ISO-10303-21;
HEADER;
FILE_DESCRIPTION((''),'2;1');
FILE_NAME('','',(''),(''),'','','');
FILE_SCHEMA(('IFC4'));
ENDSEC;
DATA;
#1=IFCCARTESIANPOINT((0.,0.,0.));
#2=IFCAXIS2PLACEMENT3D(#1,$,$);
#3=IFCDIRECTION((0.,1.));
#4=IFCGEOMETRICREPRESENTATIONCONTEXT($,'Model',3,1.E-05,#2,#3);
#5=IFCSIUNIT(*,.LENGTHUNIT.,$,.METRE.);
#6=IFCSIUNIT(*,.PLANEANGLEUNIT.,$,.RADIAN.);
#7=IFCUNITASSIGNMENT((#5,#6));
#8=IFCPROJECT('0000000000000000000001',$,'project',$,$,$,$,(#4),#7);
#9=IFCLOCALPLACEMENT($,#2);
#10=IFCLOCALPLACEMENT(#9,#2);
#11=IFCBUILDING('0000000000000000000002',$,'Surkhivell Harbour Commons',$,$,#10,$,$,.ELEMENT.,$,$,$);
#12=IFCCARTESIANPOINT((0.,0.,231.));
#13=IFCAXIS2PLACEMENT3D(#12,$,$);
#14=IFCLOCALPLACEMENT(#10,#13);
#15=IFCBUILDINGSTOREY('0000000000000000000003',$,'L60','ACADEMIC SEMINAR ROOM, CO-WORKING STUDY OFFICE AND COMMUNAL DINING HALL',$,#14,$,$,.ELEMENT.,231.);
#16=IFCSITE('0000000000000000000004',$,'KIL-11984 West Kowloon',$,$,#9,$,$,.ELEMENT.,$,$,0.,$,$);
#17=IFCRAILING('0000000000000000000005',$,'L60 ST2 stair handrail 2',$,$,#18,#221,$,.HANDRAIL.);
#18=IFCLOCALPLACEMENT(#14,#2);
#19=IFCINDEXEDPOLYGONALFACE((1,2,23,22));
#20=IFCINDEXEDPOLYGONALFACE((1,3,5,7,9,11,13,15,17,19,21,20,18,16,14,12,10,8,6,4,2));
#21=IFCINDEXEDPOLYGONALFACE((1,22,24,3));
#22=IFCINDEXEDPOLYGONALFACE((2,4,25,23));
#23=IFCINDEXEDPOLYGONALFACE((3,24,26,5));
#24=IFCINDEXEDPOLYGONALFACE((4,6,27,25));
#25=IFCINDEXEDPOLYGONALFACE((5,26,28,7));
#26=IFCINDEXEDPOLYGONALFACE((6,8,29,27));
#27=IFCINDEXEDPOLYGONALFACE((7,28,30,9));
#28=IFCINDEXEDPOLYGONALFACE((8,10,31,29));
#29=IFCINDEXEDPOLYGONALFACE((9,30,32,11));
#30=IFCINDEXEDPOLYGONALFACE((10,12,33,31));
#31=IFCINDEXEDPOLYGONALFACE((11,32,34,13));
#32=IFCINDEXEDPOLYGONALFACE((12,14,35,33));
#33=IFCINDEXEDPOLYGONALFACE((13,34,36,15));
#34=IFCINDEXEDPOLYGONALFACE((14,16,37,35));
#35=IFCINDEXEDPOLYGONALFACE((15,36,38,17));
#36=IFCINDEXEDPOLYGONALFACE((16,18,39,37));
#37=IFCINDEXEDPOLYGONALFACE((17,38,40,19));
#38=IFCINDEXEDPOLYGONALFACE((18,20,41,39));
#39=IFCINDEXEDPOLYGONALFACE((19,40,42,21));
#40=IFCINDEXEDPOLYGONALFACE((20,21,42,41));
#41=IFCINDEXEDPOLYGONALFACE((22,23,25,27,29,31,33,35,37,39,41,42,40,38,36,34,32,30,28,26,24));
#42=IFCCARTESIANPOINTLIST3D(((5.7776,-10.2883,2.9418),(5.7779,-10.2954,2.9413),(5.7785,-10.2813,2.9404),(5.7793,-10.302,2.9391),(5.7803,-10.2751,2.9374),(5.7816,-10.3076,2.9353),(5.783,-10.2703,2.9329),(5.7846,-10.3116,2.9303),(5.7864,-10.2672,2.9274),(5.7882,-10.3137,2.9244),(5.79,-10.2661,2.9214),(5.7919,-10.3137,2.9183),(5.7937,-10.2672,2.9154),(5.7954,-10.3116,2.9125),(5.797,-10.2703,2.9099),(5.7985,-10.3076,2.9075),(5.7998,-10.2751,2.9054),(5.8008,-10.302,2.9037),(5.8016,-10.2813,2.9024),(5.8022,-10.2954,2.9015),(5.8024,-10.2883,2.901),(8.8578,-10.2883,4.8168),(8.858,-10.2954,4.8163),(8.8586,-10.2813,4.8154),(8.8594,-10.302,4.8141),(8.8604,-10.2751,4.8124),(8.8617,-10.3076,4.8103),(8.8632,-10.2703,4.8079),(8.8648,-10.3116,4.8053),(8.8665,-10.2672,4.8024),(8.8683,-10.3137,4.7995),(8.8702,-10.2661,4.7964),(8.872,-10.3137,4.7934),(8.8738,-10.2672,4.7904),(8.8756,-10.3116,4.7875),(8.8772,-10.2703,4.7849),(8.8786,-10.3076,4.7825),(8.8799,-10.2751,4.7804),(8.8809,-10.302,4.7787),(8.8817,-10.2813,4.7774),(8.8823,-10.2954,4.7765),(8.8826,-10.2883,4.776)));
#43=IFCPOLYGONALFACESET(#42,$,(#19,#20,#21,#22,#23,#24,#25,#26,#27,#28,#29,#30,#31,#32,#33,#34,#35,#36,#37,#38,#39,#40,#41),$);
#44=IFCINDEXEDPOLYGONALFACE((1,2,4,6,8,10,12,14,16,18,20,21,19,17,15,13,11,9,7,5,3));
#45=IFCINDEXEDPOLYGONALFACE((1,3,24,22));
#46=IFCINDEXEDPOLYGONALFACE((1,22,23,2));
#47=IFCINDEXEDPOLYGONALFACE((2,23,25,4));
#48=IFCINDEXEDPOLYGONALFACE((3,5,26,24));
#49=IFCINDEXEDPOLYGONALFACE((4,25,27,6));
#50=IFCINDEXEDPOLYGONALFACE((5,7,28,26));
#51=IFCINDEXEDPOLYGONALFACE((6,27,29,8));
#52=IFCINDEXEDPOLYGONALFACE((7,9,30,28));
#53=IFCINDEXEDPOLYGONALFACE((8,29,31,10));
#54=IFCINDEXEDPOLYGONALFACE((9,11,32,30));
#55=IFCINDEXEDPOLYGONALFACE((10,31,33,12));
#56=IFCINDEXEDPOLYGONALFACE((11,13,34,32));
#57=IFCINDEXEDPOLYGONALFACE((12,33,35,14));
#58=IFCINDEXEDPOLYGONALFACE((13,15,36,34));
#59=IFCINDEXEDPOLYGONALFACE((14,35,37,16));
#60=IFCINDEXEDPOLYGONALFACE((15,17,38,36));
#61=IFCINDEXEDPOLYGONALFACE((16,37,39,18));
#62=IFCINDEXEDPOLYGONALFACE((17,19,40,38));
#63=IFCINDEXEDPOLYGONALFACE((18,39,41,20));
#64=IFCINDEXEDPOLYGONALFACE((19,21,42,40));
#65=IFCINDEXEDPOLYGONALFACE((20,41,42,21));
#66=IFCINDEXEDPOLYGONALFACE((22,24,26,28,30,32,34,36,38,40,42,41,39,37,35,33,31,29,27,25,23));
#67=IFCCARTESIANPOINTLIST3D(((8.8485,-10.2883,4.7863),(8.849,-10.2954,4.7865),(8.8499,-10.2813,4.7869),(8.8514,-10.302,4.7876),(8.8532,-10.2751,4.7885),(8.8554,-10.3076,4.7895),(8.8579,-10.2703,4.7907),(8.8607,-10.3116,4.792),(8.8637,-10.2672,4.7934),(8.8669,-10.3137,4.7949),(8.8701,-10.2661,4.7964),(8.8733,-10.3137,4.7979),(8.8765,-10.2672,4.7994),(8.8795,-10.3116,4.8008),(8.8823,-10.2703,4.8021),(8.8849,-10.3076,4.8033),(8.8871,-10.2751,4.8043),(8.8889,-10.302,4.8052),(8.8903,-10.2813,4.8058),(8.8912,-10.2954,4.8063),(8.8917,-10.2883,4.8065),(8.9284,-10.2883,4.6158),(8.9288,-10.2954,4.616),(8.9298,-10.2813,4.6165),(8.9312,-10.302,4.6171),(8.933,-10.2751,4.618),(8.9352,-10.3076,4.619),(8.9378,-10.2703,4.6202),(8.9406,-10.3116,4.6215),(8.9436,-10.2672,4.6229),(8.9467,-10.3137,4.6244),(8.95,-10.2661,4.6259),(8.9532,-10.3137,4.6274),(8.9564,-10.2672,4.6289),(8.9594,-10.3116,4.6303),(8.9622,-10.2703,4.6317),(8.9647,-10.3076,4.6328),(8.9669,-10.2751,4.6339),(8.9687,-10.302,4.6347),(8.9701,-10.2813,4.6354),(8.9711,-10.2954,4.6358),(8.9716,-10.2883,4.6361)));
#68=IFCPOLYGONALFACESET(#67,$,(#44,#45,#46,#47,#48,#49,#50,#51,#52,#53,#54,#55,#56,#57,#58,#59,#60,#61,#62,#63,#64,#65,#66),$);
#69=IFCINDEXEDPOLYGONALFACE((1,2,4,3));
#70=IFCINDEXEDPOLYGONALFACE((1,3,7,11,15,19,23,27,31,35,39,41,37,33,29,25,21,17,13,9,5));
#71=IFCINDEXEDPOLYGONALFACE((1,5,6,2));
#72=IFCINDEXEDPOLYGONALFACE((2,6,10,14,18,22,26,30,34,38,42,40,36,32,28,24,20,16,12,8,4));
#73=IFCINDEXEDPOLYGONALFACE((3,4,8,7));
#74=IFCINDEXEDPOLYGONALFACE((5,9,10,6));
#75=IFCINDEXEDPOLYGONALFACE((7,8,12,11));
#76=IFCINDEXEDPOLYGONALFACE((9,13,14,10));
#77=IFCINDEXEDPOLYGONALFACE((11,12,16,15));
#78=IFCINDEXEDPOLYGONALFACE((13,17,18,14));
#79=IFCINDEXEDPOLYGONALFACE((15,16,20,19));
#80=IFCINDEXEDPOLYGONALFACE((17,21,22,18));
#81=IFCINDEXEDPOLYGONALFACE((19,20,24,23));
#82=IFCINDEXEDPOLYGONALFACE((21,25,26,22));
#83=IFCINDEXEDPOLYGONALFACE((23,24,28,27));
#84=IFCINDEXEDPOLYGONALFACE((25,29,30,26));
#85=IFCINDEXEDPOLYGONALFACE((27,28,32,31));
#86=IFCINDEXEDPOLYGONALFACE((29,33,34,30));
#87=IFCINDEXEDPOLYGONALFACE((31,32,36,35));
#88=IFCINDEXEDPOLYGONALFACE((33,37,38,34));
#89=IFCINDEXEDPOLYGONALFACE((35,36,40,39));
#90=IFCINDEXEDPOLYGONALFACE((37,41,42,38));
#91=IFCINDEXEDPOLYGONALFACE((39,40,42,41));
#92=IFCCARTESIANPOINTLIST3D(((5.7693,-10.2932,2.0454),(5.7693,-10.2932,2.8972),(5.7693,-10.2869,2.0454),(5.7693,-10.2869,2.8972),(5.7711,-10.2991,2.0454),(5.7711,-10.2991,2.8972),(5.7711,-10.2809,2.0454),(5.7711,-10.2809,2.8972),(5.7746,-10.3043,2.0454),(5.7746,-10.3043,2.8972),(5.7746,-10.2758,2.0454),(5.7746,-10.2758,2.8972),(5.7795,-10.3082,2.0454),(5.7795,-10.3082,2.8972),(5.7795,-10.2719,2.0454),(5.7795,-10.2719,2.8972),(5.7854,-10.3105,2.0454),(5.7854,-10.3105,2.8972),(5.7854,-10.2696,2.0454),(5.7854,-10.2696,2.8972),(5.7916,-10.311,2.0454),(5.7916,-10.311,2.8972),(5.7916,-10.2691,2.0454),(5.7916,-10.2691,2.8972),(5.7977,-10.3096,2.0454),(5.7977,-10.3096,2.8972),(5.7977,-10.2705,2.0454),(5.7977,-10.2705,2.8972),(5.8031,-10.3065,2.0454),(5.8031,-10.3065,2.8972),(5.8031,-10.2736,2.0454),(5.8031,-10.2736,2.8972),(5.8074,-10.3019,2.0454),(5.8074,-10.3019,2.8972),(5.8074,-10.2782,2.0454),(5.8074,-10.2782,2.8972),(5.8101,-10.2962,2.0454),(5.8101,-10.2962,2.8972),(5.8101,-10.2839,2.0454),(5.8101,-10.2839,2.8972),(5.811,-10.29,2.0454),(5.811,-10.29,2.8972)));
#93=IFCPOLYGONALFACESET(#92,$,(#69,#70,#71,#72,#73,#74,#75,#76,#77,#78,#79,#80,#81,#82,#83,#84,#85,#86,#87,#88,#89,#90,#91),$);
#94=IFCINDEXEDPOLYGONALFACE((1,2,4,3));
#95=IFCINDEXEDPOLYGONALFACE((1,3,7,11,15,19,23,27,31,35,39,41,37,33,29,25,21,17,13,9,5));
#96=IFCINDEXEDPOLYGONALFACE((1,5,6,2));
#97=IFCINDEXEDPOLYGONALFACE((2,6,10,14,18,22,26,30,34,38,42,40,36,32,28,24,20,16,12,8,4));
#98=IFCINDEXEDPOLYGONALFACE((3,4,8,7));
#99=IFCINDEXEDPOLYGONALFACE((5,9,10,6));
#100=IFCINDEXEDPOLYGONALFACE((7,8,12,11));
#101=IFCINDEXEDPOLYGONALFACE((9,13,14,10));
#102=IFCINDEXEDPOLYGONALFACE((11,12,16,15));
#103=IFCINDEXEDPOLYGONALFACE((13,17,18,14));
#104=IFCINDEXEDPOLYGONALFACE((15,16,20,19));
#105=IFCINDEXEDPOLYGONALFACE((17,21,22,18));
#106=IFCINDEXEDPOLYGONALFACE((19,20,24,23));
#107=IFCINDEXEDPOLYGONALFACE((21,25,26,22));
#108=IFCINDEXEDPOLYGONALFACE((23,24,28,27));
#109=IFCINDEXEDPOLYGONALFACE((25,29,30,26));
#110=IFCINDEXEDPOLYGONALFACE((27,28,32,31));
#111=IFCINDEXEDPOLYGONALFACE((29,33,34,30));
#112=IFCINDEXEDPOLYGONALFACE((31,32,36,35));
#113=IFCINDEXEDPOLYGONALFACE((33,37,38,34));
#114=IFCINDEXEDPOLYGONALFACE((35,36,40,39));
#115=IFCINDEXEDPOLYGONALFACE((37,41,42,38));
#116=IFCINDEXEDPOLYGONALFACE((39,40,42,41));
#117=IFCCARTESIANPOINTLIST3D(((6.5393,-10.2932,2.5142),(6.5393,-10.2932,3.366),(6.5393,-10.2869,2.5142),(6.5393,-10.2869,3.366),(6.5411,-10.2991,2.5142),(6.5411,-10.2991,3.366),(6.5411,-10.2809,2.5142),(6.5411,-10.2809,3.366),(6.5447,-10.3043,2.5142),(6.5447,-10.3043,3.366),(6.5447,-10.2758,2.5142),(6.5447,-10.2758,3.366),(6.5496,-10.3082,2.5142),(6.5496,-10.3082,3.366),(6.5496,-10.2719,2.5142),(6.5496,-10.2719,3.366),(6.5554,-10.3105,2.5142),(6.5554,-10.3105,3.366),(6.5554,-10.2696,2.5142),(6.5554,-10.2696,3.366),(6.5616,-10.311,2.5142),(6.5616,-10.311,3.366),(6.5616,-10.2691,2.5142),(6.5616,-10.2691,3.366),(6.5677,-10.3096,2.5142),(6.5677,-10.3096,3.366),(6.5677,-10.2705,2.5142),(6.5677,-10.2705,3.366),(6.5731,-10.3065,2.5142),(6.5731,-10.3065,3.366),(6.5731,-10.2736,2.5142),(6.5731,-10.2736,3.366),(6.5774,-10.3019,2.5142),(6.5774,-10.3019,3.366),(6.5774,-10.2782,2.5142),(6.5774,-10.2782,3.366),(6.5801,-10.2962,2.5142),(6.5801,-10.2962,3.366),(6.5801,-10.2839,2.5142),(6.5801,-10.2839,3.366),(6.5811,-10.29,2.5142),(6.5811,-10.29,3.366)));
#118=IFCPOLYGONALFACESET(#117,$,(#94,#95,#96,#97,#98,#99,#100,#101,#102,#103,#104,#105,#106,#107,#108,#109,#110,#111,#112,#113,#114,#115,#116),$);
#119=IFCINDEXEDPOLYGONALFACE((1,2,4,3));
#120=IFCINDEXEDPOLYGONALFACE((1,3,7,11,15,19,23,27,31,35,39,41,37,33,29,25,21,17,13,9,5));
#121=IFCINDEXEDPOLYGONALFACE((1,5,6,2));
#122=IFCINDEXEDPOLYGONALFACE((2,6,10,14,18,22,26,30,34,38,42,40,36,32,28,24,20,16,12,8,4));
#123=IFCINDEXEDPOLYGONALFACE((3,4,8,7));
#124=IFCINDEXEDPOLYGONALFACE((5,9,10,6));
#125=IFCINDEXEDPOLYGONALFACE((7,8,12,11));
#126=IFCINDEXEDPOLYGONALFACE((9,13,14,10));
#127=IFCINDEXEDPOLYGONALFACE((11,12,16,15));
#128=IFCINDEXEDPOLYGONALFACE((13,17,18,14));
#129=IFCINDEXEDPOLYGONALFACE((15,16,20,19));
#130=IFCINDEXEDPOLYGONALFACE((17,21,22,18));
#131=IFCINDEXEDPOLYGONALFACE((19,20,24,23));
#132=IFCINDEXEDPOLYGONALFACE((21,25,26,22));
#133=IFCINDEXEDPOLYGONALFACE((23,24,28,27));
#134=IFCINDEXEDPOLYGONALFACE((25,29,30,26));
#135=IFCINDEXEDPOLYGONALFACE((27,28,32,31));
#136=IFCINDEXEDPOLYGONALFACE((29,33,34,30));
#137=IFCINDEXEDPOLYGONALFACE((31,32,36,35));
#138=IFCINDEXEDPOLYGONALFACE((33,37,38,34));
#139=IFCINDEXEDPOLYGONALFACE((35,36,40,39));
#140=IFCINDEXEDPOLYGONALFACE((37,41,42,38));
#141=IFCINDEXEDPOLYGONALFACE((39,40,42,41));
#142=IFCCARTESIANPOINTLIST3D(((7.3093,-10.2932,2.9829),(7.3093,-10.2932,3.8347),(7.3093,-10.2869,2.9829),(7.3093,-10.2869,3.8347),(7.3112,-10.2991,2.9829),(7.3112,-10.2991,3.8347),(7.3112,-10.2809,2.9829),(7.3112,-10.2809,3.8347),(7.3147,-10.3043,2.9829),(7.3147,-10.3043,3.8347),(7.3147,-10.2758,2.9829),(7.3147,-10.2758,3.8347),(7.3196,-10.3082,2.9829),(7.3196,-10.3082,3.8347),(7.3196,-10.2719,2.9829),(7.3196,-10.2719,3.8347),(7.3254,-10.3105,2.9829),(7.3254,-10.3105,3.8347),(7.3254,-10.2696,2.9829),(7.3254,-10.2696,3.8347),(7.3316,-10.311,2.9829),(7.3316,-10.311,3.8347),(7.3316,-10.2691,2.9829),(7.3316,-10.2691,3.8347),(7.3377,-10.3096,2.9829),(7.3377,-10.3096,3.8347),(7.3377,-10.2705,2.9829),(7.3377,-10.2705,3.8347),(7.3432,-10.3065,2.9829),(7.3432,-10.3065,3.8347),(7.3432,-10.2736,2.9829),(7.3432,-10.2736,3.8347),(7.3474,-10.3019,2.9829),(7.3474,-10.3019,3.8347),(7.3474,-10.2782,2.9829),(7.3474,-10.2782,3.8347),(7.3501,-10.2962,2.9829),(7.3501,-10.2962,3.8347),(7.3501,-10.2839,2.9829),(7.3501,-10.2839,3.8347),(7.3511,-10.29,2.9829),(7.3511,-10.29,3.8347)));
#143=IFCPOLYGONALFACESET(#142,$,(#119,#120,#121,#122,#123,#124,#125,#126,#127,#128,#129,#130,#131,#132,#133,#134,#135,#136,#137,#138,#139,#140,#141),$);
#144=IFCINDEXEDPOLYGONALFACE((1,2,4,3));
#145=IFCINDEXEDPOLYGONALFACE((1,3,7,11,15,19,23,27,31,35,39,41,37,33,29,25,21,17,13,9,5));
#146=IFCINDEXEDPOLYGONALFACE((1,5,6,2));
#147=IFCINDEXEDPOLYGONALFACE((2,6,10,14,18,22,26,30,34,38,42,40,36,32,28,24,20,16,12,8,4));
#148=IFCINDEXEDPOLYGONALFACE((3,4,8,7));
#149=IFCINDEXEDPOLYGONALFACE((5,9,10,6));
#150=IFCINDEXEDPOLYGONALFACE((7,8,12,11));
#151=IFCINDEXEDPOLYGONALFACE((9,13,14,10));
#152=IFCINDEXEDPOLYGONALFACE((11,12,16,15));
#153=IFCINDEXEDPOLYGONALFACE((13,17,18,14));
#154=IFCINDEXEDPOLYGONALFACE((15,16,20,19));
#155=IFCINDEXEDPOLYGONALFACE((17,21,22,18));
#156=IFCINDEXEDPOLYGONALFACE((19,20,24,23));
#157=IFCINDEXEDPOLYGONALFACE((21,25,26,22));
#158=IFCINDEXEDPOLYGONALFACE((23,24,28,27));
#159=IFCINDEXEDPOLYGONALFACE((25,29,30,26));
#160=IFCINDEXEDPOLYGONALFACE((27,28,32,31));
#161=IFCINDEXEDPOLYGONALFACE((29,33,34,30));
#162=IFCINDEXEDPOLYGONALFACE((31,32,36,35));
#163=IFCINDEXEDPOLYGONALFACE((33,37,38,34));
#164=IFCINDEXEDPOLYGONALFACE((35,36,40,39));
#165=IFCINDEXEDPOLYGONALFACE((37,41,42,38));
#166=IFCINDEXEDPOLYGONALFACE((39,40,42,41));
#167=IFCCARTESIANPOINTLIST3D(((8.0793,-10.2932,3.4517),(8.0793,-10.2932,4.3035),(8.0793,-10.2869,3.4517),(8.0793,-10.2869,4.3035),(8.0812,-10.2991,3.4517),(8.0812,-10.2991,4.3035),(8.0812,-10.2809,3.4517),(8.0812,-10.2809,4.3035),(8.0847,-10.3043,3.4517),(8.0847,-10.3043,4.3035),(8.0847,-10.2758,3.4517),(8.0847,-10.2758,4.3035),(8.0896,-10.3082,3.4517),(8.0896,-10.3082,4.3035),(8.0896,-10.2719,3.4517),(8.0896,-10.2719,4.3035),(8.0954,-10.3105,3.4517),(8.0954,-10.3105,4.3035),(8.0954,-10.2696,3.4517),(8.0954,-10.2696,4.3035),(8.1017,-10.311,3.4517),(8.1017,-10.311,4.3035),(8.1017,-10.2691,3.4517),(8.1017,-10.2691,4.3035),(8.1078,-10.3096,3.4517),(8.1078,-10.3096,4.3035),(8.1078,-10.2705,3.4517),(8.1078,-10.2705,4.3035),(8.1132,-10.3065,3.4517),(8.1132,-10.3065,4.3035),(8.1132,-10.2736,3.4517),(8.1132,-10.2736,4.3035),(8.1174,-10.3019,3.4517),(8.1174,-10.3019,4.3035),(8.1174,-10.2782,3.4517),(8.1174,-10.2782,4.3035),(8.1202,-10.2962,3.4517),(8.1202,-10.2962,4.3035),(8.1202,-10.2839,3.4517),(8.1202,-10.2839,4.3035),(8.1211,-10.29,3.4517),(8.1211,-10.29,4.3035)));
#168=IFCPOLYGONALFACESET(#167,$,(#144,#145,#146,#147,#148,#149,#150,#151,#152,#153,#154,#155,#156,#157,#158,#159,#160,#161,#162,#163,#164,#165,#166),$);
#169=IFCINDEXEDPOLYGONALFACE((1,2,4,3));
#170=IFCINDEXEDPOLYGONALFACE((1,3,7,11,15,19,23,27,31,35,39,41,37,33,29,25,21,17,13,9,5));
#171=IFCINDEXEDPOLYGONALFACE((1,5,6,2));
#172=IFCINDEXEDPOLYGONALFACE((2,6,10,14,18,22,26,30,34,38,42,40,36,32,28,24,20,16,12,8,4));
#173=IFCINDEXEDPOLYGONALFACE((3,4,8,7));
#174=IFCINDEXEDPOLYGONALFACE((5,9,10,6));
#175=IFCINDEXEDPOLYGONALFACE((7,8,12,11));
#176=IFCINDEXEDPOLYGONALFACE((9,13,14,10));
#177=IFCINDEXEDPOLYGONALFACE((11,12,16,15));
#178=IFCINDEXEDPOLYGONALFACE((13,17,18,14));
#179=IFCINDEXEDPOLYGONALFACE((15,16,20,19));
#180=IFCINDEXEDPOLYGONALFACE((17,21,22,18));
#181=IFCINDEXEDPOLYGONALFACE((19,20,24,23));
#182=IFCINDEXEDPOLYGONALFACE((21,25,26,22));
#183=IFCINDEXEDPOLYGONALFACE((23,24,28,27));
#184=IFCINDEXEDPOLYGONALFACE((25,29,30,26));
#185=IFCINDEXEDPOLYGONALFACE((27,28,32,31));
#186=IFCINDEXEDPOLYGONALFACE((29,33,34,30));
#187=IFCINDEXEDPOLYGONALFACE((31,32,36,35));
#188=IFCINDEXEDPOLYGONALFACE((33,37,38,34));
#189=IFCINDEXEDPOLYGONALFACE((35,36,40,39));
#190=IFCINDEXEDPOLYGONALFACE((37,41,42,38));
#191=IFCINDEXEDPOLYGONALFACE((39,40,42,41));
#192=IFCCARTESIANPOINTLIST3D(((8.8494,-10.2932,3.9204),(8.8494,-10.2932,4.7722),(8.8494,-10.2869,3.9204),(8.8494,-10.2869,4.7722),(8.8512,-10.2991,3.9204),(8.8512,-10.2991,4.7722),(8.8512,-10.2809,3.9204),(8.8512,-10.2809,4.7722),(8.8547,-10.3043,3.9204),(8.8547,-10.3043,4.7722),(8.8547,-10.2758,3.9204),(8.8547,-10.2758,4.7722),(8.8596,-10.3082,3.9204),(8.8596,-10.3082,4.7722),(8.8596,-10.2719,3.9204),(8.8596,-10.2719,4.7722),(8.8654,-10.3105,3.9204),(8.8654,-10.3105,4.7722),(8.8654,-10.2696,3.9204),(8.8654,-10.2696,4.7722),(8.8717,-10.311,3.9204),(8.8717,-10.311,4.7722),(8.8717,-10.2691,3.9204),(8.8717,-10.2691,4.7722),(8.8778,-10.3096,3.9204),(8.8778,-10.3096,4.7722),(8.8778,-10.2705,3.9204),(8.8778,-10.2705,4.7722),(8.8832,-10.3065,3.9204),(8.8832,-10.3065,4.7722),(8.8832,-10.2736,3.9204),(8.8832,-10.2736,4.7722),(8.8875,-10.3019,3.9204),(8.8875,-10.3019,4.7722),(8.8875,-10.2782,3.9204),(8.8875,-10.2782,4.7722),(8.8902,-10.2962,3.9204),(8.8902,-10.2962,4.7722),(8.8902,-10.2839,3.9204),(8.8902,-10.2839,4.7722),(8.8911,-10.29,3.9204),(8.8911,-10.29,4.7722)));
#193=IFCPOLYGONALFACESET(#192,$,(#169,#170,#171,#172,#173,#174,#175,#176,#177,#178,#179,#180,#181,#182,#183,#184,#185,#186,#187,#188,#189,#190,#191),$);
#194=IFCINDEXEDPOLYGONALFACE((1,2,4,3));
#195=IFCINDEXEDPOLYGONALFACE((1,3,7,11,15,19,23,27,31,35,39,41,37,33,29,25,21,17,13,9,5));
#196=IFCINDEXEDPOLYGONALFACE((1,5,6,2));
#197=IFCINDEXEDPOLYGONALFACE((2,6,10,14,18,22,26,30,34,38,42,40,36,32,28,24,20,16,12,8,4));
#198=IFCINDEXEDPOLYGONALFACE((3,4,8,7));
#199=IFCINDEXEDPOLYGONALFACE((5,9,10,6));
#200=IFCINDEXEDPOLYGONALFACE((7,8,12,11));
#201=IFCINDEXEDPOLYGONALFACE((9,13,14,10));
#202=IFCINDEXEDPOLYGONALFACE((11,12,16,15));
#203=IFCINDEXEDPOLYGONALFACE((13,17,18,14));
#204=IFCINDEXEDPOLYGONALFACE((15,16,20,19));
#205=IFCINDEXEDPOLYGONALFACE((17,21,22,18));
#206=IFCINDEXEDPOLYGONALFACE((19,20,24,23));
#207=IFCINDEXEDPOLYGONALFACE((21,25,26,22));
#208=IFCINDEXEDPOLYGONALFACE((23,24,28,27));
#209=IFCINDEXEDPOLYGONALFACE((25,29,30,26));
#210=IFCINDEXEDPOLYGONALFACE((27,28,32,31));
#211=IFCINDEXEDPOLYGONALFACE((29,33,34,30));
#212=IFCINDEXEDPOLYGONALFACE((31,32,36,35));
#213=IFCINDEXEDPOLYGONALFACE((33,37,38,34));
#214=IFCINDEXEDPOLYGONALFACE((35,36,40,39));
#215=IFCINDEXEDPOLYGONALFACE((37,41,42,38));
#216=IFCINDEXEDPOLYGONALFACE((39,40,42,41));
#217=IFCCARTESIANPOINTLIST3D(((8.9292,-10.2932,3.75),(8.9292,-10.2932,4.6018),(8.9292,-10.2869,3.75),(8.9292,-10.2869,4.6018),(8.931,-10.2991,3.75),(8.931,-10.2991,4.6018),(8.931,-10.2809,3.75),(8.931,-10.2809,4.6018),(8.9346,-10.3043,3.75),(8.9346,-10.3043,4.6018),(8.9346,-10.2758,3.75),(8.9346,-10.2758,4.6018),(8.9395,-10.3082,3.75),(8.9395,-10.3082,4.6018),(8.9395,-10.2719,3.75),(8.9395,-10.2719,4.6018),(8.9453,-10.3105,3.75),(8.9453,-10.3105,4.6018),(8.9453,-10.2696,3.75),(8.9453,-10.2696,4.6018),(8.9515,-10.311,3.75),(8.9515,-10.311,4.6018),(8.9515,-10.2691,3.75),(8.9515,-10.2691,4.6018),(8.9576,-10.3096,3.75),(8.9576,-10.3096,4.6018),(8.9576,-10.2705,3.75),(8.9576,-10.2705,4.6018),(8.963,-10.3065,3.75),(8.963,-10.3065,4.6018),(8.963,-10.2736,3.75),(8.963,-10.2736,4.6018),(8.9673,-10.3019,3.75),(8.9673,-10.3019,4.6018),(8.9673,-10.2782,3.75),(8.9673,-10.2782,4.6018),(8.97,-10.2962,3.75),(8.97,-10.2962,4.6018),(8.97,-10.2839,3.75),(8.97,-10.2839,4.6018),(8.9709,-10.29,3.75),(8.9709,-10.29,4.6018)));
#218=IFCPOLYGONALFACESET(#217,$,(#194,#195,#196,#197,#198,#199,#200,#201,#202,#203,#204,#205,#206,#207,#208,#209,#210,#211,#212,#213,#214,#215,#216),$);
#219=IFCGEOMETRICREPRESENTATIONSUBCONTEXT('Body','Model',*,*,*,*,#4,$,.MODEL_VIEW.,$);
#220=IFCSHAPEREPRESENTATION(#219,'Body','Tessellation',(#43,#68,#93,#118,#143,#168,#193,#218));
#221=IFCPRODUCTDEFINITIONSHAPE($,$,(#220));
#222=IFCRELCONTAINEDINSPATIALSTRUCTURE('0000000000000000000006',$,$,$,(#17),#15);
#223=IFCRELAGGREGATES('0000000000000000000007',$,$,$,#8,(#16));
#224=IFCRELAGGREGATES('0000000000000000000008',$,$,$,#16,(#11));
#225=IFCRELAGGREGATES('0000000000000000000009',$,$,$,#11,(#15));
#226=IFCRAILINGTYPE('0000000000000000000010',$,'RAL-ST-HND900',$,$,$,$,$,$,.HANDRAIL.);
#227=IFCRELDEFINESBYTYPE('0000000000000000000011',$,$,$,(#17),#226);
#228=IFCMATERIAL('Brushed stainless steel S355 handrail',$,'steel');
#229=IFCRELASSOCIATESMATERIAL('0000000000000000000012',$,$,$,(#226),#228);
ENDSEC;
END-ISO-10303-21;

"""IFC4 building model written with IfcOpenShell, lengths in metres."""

from ifc_helpers import new_model, si_unit, direction, frame, origin, origin_2d, place, context, subcontext, project, spatial, circle, extrude, material, type_object, element, save


model = new_model("IFC4")

# Units and contexts
model_context = context("Model", 3, precision=1e-05, world=origin(), true_north=direction((0.0, 1.0)))
body_context = subcontext(model_context, "Body", "Model", "MODEL_VIEW")
ifc_project = project(units=[si_unit("LENGTHUNIT", "METRE"), si_unit("PLANEANGLEUNIT", "RADIAN")], contexts=[model_context])

# Site, building, storey
site_placement = place(None, origin())
site = spatial("IfcSite", under=ifc_project, at=site_placement, Name="KIL-11984 West Kowloon", CompositionType="ELEMENT", RefElevation=0.0)
building_placement = place(site_placement, origin())
building = spatial("IfcBuilding", under=site, at=building_placement, Name="Surkhivell Harbour Commons", CompositionType="ELEMENT")
storey_placement = place(building_placement, frame((0.0, 0.0, 231.0)))
storey = spatial("IfcBuildingStorey", under=building, at=storey_placement, Name="L60", Description="ACADEMIC SEMINAR ROOM, CO-WORKING STUDY OFFICE AND COMMUNAL DINING HALL", CompositionType="ELEMENT", Elevation=231.0)

# Railing
ifc_material_1 = material(Name="Brushed stainless steel S355 handrail", Category="steel")
railing_type_1 = type_object("IfcRailingType", Name="RAL-ST-HND900", PredefinedType="HANDRAIL", material=ifc_material_1)
railing_1_placement = place(storey_placement, frame((5.79, -10.29, 2.0454)))
element("IfcRailing", 1, at=railing_1_placement, inside=storey, type_object=railing_type_1, Name="L60 ST2 stair handrail 2", PredefinedType="HANDRAIL", context=body_context, shape_type="SweptSolid", body=[
    extrude(circle(Radius=0.0239, at=origin_2d()), frame((0.0, 0.0, 0.876), z_axis=(0.854178, 0.0, 0.519981), x_axis=(0.0, 1.0, 0.0)), (0.0, 0.0, 1.0), 3.606),
    extrude(circle(Radius=0.0239, at=origin_2d()), frame((3.0801, 0.0, 2.751), z_axis=(0.424234, 0.0, -0.905552), x_axis=(0.0, 1.0, 0.0)), (0.0, 0.0, 1.0), 0.1882),
    extrude(circle(Radius=0.021, at=origin_2d()), origin(), (0.0, 0.0, 1.0), 0.8518),
    extrude(circle(Radius=0.021, at=origin_2d()), frame((0.77, 0.0, 0.4688)), (0.0, 0.0, 1.0), 0.8518),
    extrude(circle(Radius=0.021, at=origin_2d()), frame((1.54, 0.0, 0.9375)), (0.0, 0.0, 1.0), 0.8518),
    extrude(circle(Radius=0.021, at=origin_2d()), frame((2.3101, 0.0, 1.4062)), (0.0, 0.0, 1.0), 0.8518),
    extrude(circle(Radius=0.021, at=origin_2d()), frame((3.0801, 0.0, 1.875)), (0.0, 0.0, 1.0), 0.8518),
    extrude(circle(Radius=0.021, at=origin_2d()), frame((3.1599, 0.0, 1.7046)), (0.0, 0.0, 1.0), 0.8518),
])

save(model, "model.ifc")
